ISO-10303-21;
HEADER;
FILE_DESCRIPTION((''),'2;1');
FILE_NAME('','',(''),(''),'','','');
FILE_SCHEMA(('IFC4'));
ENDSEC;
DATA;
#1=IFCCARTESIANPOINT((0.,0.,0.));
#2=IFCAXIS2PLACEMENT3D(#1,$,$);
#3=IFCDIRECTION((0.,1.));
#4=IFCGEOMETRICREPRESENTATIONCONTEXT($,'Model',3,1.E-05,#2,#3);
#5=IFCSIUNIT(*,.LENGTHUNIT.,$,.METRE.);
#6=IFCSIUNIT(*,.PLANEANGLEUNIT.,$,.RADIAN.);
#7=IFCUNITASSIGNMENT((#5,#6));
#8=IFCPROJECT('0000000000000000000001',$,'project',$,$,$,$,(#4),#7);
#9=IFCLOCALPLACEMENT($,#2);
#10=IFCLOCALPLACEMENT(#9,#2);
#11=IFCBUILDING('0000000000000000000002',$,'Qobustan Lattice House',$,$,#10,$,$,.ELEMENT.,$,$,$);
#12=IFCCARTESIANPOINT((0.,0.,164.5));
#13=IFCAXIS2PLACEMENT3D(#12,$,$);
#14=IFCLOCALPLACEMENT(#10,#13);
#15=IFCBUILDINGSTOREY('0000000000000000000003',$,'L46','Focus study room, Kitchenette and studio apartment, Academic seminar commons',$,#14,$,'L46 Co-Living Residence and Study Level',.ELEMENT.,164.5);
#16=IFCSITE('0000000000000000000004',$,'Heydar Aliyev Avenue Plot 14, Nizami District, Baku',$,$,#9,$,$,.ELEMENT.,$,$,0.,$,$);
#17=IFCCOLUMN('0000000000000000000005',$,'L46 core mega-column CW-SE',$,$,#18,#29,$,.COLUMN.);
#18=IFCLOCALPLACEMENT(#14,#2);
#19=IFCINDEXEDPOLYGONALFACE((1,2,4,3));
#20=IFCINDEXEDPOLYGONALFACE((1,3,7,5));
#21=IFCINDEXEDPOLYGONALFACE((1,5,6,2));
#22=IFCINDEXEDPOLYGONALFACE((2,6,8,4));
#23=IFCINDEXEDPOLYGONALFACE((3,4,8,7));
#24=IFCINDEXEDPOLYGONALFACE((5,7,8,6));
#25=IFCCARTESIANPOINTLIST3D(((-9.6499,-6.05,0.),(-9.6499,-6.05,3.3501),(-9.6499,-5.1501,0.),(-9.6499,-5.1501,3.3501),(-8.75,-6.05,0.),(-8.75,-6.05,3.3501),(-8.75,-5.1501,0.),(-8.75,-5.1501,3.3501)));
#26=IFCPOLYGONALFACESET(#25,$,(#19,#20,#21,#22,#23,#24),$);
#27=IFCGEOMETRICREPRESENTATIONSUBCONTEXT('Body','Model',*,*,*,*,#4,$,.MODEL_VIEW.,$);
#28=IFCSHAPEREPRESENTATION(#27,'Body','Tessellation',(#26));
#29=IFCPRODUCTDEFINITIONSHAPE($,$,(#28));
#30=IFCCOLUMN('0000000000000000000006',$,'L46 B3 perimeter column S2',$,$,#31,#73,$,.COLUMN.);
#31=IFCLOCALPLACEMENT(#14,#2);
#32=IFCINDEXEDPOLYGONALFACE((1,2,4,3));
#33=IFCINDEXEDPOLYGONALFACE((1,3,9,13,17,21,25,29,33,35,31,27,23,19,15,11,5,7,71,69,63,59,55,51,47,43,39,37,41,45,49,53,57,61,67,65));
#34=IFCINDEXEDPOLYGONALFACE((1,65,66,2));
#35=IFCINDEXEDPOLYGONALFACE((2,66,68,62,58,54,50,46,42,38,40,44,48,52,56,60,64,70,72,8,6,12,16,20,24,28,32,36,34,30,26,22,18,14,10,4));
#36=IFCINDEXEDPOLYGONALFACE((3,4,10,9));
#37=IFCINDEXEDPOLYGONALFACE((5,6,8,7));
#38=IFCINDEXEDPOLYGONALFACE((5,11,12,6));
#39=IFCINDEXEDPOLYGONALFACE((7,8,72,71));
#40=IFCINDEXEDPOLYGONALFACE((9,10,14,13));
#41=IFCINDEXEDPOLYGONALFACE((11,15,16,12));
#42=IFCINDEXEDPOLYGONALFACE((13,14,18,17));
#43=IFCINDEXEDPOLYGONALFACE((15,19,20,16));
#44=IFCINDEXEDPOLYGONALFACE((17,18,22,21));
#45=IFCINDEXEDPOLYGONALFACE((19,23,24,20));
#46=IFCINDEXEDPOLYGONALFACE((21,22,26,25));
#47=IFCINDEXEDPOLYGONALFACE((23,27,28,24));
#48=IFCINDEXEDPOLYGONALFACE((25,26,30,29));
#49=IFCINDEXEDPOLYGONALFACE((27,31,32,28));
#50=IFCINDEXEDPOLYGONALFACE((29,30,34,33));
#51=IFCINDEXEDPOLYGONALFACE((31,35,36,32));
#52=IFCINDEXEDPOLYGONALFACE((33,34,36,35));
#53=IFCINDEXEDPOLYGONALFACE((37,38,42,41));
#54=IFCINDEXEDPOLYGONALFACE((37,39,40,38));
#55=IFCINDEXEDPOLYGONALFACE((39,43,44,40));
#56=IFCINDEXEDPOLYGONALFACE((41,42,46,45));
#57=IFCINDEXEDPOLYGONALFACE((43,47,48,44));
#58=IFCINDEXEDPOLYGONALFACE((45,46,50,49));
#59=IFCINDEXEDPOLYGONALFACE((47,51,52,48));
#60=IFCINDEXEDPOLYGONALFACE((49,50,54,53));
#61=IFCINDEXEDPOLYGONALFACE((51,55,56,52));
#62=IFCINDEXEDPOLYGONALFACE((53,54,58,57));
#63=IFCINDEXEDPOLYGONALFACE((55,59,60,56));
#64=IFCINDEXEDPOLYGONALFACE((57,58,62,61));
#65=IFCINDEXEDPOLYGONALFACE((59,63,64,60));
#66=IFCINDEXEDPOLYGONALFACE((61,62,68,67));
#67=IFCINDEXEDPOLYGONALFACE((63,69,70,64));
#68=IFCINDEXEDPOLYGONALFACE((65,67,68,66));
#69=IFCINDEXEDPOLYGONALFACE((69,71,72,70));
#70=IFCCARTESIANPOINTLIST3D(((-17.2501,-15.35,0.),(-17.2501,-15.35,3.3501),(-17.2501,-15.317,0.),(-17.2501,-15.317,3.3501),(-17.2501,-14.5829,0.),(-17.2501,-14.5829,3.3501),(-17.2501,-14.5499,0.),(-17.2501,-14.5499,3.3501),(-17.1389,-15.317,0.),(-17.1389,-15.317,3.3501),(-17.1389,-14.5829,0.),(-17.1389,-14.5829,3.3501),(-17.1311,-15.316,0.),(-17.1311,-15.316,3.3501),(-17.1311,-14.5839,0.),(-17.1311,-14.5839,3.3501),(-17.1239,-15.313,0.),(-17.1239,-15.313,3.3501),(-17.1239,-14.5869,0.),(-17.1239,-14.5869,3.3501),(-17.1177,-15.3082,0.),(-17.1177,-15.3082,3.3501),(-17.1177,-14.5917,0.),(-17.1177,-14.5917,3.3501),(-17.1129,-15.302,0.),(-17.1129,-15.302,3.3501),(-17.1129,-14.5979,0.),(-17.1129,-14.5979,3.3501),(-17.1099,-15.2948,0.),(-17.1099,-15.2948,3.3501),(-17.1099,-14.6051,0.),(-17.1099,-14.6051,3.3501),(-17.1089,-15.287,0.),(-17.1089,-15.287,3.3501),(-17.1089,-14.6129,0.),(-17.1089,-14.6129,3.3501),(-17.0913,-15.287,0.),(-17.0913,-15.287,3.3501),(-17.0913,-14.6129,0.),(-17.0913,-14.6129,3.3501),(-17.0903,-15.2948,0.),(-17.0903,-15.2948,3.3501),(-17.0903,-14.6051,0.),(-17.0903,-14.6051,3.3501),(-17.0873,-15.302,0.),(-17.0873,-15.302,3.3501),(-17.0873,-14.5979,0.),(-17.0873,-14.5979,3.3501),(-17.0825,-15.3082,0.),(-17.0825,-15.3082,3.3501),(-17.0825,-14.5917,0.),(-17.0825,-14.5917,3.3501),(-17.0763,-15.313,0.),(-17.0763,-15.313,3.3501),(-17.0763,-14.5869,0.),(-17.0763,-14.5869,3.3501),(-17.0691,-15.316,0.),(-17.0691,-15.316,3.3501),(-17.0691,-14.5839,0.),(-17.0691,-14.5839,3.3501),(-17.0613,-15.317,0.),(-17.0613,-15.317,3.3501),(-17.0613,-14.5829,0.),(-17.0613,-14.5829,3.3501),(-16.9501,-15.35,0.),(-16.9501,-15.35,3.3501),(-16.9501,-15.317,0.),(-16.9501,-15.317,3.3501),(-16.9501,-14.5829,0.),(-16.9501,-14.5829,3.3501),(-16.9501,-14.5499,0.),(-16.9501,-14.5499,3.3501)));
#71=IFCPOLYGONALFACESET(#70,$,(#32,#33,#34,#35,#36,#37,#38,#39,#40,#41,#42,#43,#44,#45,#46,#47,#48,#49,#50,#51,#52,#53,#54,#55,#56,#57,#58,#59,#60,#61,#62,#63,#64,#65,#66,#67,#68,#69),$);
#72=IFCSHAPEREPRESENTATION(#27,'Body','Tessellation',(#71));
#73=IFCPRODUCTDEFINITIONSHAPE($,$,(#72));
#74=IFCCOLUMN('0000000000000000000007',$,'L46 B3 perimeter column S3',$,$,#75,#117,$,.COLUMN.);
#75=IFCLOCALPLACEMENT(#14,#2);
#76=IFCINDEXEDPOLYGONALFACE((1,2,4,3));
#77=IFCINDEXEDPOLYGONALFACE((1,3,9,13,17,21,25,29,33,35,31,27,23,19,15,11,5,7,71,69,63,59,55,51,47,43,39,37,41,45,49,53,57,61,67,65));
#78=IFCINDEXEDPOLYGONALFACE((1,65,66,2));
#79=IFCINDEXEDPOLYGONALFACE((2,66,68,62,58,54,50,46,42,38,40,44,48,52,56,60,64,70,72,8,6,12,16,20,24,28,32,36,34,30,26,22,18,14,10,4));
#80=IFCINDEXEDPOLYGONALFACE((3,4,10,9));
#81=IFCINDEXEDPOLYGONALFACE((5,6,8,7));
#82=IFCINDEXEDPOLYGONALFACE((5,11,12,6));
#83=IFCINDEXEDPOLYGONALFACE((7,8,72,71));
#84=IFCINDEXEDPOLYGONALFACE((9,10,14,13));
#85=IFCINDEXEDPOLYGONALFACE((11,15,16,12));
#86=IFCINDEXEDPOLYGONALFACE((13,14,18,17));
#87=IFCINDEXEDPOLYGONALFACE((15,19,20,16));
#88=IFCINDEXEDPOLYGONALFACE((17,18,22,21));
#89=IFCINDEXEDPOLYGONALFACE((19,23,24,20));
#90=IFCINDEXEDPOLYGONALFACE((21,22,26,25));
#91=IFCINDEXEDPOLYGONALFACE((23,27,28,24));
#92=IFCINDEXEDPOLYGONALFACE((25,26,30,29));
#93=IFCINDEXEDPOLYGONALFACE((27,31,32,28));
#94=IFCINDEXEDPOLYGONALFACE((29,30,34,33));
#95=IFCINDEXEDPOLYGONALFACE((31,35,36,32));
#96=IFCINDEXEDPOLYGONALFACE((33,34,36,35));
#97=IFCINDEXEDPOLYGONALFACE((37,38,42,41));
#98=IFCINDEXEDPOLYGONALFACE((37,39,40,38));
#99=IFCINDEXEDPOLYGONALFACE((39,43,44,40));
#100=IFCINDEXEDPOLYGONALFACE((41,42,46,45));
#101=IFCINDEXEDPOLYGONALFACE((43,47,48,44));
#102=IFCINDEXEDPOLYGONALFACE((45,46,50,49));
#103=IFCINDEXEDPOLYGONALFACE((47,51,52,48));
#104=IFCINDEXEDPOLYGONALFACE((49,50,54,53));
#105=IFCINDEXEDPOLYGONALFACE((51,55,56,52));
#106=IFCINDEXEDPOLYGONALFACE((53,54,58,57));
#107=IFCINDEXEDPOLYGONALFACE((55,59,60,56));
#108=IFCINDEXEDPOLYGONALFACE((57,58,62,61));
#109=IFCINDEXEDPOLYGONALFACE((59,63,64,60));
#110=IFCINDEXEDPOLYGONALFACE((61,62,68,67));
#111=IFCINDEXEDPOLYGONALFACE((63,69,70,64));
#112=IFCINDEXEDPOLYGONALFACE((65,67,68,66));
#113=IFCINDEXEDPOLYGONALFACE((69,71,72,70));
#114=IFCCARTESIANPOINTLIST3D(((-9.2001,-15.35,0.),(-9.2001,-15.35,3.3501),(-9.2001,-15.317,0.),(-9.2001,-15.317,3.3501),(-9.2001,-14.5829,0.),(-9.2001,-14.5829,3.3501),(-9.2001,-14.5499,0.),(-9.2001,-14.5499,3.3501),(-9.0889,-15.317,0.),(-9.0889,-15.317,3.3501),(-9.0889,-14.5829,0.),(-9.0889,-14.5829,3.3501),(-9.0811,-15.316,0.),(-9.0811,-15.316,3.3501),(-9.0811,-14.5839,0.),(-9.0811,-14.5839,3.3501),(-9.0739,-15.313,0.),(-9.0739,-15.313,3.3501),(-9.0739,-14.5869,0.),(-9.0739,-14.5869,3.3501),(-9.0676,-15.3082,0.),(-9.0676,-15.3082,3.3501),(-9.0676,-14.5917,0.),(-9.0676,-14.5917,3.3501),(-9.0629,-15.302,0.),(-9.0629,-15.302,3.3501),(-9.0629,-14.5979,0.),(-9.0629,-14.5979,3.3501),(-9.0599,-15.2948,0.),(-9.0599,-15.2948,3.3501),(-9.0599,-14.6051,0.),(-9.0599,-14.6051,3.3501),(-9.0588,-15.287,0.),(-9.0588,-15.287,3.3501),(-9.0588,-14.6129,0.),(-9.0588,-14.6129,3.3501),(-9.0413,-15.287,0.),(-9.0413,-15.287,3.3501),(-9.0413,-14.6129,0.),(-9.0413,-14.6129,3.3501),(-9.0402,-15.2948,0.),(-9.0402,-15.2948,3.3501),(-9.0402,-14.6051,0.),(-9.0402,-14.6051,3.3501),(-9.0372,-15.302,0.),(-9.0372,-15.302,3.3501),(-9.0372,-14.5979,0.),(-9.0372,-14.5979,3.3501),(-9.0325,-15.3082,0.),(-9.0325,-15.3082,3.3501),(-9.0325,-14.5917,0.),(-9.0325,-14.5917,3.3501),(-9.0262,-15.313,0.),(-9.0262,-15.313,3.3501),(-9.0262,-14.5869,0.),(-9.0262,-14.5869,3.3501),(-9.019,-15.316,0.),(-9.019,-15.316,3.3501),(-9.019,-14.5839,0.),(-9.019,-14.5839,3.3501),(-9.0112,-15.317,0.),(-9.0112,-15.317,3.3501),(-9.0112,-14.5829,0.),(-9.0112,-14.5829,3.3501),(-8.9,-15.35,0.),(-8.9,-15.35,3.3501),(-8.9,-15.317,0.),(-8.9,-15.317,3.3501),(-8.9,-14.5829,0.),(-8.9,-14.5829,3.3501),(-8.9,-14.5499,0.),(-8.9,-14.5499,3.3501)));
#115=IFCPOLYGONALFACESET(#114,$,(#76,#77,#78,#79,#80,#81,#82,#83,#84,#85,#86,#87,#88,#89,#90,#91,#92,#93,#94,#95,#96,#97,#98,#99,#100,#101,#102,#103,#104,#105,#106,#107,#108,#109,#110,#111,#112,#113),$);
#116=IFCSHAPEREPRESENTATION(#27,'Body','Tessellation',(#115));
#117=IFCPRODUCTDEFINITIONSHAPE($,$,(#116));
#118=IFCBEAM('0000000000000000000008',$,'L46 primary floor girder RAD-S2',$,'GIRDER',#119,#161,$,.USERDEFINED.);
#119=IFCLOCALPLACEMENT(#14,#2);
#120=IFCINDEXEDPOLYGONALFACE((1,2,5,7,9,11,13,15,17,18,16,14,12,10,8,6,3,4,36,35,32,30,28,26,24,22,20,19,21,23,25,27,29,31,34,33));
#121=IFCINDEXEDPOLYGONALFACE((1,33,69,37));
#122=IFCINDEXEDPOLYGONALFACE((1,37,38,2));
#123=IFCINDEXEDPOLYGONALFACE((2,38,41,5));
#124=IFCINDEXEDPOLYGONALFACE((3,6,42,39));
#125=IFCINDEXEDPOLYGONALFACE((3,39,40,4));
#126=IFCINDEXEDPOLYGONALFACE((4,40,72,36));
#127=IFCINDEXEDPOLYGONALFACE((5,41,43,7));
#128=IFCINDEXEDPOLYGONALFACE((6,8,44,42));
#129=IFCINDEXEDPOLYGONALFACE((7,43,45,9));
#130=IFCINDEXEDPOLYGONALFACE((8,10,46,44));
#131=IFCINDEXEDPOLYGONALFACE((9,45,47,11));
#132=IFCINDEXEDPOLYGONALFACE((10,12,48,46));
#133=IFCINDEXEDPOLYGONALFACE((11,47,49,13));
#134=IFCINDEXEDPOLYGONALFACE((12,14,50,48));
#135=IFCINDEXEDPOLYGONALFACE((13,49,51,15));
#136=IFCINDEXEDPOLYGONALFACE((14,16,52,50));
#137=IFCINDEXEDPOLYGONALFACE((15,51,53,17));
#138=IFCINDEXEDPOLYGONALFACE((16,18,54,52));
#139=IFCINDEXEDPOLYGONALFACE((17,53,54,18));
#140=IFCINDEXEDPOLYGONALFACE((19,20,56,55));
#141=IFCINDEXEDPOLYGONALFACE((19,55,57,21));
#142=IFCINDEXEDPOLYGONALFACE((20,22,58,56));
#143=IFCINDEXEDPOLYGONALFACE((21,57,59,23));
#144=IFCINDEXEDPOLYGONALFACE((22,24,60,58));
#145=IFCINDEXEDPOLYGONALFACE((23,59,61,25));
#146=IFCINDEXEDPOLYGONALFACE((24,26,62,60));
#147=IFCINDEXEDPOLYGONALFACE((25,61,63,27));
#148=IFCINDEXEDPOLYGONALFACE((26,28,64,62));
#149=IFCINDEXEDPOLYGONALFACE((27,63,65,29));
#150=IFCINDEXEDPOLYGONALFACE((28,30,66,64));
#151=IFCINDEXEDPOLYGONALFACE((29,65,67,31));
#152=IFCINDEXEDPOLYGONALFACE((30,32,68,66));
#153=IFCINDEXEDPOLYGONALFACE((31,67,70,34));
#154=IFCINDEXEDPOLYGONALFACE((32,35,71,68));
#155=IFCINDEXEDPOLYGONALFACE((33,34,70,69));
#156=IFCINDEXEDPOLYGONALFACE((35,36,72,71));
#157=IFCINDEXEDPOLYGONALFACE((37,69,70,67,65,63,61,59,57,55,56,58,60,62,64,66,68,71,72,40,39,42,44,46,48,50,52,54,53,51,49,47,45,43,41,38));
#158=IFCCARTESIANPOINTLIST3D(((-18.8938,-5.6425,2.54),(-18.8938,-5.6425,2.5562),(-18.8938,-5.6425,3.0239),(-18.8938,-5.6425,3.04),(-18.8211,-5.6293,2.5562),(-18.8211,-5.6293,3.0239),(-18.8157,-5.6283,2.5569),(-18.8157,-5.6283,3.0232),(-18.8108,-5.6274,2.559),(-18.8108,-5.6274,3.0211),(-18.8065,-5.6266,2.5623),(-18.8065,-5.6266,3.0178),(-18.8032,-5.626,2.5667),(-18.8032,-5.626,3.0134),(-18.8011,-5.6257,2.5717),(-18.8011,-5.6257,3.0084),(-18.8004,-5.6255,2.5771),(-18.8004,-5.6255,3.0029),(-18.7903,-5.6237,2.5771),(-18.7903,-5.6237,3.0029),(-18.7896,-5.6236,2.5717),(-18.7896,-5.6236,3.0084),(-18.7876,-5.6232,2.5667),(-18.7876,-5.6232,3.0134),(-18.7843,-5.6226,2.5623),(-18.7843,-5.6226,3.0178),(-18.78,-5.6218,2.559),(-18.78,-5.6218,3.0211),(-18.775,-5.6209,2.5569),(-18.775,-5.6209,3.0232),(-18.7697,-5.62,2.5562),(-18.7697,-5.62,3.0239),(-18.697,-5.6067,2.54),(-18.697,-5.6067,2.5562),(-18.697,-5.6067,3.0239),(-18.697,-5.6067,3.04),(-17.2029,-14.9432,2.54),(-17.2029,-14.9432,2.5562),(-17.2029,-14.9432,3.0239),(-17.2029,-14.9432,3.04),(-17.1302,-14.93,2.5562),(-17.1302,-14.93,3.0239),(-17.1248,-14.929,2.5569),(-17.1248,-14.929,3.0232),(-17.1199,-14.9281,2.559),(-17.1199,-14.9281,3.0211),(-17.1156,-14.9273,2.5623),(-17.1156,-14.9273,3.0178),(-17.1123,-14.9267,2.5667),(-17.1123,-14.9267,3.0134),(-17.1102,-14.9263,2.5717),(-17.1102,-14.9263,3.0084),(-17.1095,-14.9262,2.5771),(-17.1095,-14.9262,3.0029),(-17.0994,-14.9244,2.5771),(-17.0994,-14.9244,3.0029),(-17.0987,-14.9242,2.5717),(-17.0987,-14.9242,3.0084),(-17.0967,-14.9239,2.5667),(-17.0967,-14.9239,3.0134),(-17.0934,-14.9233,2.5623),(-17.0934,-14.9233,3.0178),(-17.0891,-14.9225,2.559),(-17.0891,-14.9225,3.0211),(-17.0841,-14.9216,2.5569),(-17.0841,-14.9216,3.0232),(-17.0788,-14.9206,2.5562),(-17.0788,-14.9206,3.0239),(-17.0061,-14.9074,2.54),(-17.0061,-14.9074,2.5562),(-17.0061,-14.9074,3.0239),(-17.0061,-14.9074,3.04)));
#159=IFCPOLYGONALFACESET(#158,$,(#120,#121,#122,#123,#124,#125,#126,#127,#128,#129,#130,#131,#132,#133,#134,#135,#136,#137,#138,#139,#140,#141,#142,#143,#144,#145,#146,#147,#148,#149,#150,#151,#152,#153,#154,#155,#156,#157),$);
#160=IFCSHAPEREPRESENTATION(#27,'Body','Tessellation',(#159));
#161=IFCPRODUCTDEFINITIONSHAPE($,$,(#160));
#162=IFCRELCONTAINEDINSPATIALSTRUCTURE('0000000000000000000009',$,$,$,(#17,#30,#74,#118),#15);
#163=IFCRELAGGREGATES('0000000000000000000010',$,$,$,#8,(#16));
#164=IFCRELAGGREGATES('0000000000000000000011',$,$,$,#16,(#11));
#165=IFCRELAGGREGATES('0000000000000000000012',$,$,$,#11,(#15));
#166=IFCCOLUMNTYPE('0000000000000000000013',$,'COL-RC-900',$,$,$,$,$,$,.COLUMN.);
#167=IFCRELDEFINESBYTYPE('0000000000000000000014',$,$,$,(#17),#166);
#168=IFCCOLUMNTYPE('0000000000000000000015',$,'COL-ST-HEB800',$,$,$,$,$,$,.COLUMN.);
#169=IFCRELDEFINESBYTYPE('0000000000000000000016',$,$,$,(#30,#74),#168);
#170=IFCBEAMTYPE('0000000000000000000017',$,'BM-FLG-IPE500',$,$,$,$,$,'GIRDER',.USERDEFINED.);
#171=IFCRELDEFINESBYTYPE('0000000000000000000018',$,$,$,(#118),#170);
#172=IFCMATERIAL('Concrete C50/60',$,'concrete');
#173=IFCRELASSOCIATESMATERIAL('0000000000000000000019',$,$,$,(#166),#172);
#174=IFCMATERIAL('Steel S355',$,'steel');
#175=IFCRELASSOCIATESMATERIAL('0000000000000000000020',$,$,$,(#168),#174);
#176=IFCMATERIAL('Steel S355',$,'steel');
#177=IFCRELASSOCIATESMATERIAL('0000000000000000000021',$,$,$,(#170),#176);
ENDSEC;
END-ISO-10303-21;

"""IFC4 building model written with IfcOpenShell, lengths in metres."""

from ifc_helpers import new_model, si_unit, direction, frame, origin, origin_2d, place, context, subcontext, project, spatial, rectangle, i_section, extrude, material, material_profile, profile_set, type_object, element, save


model = new_model("IFC4")

# Units and contexts
model_context = context("Model", 3, precision=1e-05, world=origin(), true_north=direction((0.0, 1.0)))
body_context = subcontext(model_context, "Body", "Model", "MODEL_VIEW")
ifc_project = project(units=[si_unit("LENGTHUNIT", "METRE"), si_unit("PLANEANGLEUNIT", "RADIAN")], contexts=[model_context])

# Site, building, storey
site_placement = place(None, origin())
site = spatial("IfcSite", under=ifc_project, at=site_placement, Name="Heydar Aliyev Avenue Plot 14, Nizami District, Baku", CompositionType="ELEMENT", RefElevation=0.0)
building_placement = place(site_placement, origin())
building = spatial("IfcBuilding", under=site, at=building_placement, Name="Qobustan Lattice House", CompositionType="ELEMENT")
storey_placement = place(building_placement, frame((0.0, 0.0, 164.5)))
storey = spatial("IfcBuildingStorey", under=building, at=storey_placement, Name="L46", Description="Focus study room, Kitchenette and studio apartment, Academic seminar commons", LongName="L46 Co-Living Residence and Study Level", CompositionType="ELEMENT", Elevation=164.5)

# Columns
ifc_material_1 = material(Name="Concrete C50/60", Category="concrete")
ifc_material_profile_1 = material_profile(ifc_material_1, rectangle(XDim=0.8999, YDim=0.8999, at=origin_2d()), Name="RC900x900")
ifc_profile_set_1 = profile_set([ifc_material_profile_1], Name="Concrete C50/60")
column_type_1 = type_object("IfcColumnType", Name="COL-RC-900", PredefinedType="COLUMN", material=ifc_profile_set_1)
column_placement = place(storey_placement, frame((-9.2, -5.6001, 0.0), z_axis=(0.0, 0.0, 1.0), x_axis=(1.0, 0.0, 0.0)))
element("IfcColumn", 1, at=column_placement, inside=storey, type_object=column_type_1, Name="L46 core mega-column CW-SE", PredefinedType="COLUMN", context=body_context, shape_type="SweptSolid", body=[
    extrude(rectangle(XDim=0.8999, YDim=0.8999, at=origin_2d()), origin(), (0.0, 0.0, 1.0), 3.3501),
])
ifc_material_2 = material(Name="Steel S355", Category="steel")
ifc_material_profile_2 = material_profile(ifc_material_2, i_section(OverallWidth=0.3, OverallDepth=0.8, WebThickness=0.0176, FlangeThickness=0.033, FilletRadius=0.03, at=origin_2d()), Name="HEB800")
ifc_profile_set_2 = profile_set([ifc_material_profile_2], Name="Steel S355")
column_type_2 = type_object("IfcColumnType", Name="COL-ST-HEB800", PredefinedType="COLUMN", material=ifc_profile_set_2)
for number, where, z_axis, x_axis, name in (
    (2, (-17.1001, -14.95, 0.0), (0.0, 0.0, 1.0), (1.0, 0.0, 0.0), "L46 B3 perimeter column S2"),
    (3, (-9.05, -14.95, 0.0), (0.0, 0.0, 1.0), (1.0, 0.0, 0.0), "L46 B3 perimeter column S3"),
):
    element("IfcColumn", number, at=place(storey_placement, frame(where, z_axis=z_axis, x_axis=x_axis)), inside=storey, type_object=column_type_2, Name=name, PredefinedType="COLUMN", context=body_context, shape_type="SweptSolid", body=[
        extrude(i_section(OverallWidth=0.3, OverallDepth=0.8, WebThickness=0.0176, FlangeThickness=0.033, FilletRadius=0.03, at=origin_2d()), origin(), (0.0, 0.0, 1.0), 3.3501),
    ])

# Beam
ifc_material_3 = material(Name="Steel S355", Category="steel")
ifc_material_profile_3 = material_profile(ifc_material_3, i_section(OverallWidth=0.2, OverallDepth=0.5, WebThickness=0.0103, FlangeThickness=0.0161, FilletRadius=0.021, at=origin_2d()), Name="IPE500")
ifc_profile_set_3 = profile_set([ifc_material_profile_3], Name="Steel S355")
beam_type_1 = type_object("IfcBeamType", Name="BM-FLG-IPE500", ElementType="GIRDER", PredefinedType="USERDEFINED", material=ifc_profile_set_3)
beam_1_placement = place(storey_placement, frame((-17.1045, -14.9253, 2.79), z_axis=(-0.178872, 0.983872, 0.0), x_axis=(-0.983872, -0.178872, 0.0)))
element("IfcBeam", 4, at=beam_1_placement, inside=storey, type_object=beam_type_1, Name="L46 primary floor girder RAD-S2", ObjectType="GIRDER", PredefinedType="USERDEFINED", context=body_context, shape_type="SweptSolid", body=[
    extrude(i_section(OverallWidth=0.2, OverallDepth=0.5, WebThickness=0.0103, FlangeThickness=0.0161, FilletRadius=0.021, at=origin_2d()), origin(), (0.0, 0.0, 1.0), 9.4531),
])

save(model, "model.ifc")
